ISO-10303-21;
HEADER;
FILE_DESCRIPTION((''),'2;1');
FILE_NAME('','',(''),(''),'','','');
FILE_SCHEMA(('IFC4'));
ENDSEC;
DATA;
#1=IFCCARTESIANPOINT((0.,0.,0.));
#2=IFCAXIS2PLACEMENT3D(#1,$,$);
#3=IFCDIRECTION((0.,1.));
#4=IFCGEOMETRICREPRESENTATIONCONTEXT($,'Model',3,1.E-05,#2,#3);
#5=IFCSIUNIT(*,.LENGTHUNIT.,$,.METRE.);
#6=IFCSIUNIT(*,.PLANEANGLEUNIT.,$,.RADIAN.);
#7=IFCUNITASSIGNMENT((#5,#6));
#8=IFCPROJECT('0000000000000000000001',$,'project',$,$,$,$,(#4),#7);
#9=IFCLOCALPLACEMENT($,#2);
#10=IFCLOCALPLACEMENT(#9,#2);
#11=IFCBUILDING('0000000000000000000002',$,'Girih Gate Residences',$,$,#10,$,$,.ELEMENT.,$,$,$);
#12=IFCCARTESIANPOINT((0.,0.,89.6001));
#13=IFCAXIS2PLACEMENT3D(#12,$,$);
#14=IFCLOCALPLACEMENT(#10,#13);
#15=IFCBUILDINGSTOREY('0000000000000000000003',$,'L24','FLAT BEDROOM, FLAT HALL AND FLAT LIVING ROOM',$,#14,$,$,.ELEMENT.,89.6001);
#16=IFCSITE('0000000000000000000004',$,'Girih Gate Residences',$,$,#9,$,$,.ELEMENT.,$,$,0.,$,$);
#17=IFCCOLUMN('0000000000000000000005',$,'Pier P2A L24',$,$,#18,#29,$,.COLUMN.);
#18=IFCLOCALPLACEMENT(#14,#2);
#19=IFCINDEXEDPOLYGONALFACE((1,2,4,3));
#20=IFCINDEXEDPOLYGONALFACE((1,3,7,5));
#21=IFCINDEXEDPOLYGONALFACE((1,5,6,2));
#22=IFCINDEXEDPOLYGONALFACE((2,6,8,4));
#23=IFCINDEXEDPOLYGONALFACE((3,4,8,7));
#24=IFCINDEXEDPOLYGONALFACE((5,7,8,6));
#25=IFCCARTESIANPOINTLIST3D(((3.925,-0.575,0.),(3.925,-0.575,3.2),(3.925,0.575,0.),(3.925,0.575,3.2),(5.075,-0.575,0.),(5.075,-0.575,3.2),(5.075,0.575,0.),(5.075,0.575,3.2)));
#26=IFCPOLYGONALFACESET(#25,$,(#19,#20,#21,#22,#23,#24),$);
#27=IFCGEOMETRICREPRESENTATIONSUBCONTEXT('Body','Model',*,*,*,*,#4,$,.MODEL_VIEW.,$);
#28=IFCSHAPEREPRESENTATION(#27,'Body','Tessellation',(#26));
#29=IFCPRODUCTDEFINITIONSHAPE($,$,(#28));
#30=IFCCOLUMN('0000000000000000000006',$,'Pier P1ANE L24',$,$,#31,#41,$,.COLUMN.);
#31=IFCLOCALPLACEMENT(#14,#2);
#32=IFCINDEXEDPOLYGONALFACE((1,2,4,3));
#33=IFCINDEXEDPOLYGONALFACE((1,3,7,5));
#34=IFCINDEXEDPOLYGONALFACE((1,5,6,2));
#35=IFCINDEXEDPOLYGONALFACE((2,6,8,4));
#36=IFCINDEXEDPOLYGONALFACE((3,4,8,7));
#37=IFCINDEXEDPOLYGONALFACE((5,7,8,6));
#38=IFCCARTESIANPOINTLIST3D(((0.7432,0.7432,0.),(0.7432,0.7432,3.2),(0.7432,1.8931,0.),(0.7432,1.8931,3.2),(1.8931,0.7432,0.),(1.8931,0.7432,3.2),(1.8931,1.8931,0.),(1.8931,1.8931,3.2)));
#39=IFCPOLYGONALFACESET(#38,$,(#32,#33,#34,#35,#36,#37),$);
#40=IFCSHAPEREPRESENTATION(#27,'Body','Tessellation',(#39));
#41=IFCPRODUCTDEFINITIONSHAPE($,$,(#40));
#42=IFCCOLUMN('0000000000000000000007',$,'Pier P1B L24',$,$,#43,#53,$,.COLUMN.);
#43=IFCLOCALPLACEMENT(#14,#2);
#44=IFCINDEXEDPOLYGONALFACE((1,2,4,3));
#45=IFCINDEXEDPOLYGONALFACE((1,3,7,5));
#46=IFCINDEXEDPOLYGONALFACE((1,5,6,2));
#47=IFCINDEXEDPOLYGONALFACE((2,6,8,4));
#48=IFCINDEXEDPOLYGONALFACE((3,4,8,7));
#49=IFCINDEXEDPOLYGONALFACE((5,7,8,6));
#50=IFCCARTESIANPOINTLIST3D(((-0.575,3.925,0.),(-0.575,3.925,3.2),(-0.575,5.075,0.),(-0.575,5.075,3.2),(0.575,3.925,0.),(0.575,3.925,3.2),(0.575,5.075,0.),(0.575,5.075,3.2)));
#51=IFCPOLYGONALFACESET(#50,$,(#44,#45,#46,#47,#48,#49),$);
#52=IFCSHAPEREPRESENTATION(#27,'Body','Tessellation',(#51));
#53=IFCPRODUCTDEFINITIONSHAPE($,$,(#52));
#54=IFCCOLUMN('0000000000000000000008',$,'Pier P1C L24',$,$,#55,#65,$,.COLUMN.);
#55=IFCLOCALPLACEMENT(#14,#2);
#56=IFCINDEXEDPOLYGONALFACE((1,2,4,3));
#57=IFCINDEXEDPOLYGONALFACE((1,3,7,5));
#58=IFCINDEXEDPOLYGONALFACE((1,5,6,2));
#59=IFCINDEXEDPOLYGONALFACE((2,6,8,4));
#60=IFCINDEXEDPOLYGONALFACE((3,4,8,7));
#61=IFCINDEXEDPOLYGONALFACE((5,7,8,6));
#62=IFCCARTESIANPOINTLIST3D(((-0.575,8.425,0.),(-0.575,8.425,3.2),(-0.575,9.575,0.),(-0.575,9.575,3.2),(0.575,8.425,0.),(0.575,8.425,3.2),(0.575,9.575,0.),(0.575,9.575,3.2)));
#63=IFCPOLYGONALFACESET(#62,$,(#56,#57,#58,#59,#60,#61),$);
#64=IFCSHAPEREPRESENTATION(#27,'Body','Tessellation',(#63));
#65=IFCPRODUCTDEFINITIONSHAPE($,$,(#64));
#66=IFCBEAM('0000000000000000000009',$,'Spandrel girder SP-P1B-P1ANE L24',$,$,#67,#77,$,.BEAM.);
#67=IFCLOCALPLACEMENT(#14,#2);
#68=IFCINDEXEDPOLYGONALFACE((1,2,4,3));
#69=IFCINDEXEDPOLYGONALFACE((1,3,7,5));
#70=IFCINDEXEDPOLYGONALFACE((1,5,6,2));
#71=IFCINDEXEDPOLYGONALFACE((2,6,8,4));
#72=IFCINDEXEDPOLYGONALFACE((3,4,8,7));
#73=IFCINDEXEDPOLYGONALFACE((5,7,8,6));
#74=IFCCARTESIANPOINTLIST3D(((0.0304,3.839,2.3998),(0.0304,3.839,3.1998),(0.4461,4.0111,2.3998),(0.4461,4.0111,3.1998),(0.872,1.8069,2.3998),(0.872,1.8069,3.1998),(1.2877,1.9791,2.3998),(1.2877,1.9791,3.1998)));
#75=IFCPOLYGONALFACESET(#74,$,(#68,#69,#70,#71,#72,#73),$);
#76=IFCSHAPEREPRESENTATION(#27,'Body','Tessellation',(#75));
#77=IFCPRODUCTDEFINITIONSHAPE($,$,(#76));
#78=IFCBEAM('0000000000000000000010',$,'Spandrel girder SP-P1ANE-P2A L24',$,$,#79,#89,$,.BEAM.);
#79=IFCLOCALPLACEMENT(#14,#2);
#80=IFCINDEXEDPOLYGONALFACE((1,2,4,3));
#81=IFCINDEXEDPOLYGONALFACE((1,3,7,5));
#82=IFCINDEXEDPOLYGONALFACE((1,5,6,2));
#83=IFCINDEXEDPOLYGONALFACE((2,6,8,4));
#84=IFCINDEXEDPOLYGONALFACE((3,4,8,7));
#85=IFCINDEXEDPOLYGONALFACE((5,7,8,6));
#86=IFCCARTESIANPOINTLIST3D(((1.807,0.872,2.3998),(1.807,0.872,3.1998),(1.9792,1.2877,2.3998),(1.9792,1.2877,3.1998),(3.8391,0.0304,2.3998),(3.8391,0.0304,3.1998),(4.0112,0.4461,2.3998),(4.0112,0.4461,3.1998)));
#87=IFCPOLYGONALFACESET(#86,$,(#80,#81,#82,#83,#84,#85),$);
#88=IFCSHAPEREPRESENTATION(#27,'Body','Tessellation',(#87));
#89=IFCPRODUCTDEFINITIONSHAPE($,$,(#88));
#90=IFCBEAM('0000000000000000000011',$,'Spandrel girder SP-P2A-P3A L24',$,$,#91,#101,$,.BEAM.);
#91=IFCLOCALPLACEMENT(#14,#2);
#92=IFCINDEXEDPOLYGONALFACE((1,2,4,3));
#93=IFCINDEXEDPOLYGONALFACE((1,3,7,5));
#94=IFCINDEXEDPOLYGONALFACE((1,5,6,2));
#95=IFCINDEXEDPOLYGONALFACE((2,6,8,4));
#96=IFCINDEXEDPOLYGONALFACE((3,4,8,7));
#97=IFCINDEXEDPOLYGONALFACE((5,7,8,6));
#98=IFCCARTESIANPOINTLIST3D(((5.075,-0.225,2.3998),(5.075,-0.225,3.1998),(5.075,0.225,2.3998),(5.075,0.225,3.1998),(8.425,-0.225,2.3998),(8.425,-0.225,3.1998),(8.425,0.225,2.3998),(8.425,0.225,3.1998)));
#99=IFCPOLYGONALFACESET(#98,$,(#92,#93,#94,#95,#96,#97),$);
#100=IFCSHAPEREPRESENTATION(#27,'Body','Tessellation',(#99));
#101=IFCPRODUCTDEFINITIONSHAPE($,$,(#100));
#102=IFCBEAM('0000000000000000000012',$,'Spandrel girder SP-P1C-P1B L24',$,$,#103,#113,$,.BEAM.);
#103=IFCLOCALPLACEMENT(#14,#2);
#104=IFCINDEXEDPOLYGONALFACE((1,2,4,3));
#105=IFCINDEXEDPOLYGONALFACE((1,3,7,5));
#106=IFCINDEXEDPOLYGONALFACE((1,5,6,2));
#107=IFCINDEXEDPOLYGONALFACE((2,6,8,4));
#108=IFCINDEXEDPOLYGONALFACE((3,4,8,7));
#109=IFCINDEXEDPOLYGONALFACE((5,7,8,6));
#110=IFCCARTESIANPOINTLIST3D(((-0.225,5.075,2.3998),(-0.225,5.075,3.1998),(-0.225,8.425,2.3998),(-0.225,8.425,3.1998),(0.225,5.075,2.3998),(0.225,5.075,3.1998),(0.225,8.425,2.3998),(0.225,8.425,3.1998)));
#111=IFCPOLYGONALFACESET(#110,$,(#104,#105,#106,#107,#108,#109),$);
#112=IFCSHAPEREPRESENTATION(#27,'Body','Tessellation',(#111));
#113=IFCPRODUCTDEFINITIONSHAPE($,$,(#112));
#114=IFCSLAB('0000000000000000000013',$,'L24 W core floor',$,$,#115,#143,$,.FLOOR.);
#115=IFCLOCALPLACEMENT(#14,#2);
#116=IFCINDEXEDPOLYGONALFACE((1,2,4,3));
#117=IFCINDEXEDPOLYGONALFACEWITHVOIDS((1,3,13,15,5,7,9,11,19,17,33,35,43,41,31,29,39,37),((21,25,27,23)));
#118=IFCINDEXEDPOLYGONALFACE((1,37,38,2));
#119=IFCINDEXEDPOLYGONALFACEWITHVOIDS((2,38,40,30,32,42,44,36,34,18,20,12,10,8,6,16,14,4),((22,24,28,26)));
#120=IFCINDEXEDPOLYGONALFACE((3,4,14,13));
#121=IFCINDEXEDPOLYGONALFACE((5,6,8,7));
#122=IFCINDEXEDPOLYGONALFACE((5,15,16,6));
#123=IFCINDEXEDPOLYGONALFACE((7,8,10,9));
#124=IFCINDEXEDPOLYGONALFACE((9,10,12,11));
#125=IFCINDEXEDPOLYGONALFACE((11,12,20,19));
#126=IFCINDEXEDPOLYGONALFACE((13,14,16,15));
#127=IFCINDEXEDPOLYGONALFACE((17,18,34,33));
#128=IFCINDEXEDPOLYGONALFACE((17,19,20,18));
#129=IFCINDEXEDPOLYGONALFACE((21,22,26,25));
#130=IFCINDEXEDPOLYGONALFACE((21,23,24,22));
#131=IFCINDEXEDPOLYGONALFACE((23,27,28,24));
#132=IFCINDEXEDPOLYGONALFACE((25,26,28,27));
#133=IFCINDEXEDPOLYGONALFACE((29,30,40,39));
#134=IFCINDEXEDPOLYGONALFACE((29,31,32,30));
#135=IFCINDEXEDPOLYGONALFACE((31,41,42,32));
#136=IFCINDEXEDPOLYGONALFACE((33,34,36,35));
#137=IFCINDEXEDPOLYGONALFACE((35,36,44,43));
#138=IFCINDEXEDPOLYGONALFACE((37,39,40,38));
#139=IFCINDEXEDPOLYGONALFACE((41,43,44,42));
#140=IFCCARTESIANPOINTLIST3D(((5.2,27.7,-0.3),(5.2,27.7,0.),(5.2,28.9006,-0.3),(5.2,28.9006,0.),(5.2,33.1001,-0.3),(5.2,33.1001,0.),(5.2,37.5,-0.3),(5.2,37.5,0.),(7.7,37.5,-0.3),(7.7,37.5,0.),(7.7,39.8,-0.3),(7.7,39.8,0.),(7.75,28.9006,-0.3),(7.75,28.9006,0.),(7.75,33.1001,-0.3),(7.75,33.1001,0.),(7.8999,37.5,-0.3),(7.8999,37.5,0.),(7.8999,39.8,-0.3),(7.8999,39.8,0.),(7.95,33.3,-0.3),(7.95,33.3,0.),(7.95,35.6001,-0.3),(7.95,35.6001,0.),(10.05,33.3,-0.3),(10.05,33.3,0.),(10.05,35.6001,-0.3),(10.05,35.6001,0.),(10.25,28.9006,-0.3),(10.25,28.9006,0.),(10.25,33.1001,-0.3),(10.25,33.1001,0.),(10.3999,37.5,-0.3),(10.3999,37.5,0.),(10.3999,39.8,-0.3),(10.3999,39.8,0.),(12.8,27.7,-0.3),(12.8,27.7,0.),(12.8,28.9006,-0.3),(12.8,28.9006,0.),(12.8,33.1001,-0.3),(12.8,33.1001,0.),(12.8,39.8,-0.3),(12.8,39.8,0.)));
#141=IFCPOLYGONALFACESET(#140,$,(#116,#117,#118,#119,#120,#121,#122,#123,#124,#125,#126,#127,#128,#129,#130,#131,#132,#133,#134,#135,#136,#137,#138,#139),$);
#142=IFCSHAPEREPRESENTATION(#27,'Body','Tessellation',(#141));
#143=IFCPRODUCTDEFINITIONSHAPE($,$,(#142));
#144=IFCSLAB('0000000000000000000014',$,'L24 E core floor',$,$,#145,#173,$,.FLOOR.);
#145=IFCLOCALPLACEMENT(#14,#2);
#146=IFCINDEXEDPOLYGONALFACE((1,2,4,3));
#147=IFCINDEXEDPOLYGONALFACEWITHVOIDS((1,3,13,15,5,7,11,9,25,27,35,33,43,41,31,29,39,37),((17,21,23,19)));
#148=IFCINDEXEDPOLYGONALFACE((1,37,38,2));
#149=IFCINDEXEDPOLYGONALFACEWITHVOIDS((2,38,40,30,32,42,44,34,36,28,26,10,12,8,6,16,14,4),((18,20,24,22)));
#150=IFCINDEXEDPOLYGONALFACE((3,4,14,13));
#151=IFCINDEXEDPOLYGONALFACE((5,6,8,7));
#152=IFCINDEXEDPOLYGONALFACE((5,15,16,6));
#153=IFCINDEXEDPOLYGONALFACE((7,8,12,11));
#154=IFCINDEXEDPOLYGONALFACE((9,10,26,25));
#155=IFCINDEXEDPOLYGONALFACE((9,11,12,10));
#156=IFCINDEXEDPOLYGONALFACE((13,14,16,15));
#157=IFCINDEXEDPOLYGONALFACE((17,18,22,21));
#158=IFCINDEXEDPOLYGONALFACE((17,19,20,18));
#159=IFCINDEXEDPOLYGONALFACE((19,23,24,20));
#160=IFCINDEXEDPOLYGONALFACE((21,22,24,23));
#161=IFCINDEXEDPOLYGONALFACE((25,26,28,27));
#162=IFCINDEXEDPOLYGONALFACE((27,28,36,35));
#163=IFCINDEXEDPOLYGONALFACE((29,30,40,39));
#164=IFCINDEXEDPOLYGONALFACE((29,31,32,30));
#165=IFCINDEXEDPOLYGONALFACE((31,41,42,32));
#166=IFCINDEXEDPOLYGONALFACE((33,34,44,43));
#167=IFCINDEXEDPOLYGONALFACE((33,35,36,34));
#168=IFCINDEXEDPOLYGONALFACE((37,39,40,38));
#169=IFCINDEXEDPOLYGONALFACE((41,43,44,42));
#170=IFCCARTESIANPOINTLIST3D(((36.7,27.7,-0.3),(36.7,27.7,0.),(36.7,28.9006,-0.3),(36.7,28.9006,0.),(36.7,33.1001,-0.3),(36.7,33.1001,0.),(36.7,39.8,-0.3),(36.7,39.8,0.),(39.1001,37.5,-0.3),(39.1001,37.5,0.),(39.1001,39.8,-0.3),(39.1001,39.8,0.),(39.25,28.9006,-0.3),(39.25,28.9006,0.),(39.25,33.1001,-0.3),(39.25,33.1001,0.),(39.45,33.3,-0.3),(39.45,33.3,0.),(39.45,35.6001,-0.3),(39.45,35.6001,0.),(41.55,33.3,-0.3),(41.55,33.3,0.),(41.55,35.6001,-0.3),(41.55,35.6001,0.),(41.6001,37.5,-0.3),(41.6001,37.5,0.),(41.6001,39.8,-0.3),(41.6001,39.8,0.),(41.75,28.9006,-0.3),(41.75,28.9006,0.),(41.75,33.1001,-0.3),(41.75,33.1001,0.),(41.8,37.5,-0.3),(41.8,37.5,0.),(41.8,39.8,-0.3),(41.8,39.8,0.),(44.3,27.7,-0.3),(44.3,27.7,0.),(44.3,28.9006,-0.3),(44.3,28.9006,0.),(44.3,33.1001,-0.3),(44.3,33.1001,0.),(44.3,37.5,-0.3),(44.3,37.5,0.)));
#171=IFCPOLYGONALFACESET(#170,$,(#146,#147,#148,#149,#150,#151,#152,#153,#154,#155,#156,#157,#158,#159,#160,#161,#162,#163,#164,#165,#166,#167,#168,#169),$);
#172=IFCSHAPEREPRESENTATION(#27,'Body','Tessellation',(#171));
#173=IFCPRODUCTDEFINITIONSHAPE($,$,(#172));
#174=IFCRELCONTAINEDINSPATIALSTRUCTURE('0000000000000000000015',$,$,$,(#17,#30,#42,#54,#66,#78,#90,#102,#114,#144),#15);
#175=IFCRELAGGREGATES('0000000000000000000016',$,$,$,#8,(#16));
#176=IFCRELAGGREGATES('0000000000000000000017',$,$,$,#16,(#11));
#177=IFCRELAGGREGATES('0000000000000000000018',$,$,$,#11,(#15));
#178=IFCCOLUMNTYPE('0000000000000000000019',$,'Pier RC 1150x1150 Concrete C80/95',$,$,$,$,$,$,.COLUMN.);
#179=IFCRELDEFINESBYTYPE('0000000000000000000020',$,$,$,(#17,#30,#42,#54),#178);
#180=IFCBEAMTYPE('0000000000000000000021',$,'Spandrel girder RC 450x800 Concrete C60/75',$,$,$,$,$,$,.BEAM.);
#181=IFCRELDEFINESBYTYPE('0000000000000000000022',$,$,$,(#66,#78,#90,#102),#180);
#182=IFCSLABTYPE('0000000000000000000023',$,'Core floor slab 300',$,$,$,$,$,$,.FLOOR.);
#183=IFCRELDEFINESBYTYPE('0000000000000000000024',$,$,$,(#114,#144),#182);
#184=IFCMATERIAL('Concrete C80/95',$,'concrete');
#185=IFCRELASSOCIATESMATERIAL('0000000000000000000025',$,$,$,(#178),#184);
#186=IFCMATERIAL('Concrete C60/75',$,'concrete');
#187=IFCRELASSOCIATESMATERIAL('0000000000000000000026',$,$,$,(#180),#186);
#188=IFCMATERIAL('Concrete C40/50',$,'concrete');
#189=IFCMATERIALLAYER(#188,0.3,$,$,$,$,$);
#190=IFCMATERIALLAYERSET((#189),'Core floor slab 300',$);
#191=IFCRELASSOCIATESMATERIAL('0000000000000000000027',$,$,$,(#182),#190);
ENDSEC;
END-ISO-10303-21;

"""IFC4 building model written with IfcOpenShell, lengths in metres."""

from ifc_helpers import new_model, si_unit, direction, frame, origin, origin_2d, place, context, subcontext, project, spatial, polyline, rectangle, outline, extrude, material, layer, layer_set, material_profile, profile_set, type_object, element, save


model = new_model("IFC4")

# Units and contexts
model_context = context("Model", 3, precision=1e-05, world=origin(), true_north=direction((0.0, 1.0)))
body_context = subcontext(model_context, "Body", "Model", "MODEL_VIEW")
ifc_project = project(units=[si_unit("LENGTHUNIT", "METRE"), si_unit("PLANEANGLEUNIT", "RADIAN")], contexts=[model_context])

# Site, building, storey
site_placement = place(None, origin())
site = spatial("IfcSite", under=ifc_project, at=site_placement, Name="Girih Gate Residences", CompositionType="ELEMENT", RefElevation=0.0)
building_placement = place(site_placement, origin())
building = spatial("IfcBuilding", under=site, at=building_placement, Name="Girih Gate Residences", CompositionType="ELEMENT")
storey_placement = place(building_placement, frame((0.0, 0.0, 89.6001)))
storey = spatial("IfcBuildingStorey", under=building, at=storey_placement, Name="L24", Description="FLAT BEDROOM, FLAT HALL AND FLAT LIVING ROOM", CompositionType="ELEMENT", Elevation=89.6001)

# Columns
ifc_material_1 = material(Name="Concrete C80/95", Category="concrete")
ifc_material_profile_1 = material_profile(ifc_material_1, rectangle(XDim=1.1499, YDim=1.1499, at=origin_2d()))
ifc_profile_set_1 = profile_set([ifc_material_profile_1], Name="Concrete C80/95")
column_type = type_object("IfcColumnType", Name="Pier RC 1150x1150 Concrete C80/95", PredefinedType="COLUMN", material=ifc_profile_set_1)
for number, where, z_axis, x_axis, name in (
    (1, (4.5, 0.0, 0.0), (0.0, 0.0, 1.0), (1.0, 0.0, 0.0), "Pier P2A L24"),
    (2, (1.3181, 1.3181, 0.0), (0.0, 0.0, 1.0), (1.0, 0.0, 0.0), "Pier P1ANE L24"),
    (3, (0.0, 4.5, 0.0), (0.0, 0.0, 1.0), (1.0, 0.0, 0.0), "Pier P1B L24"),
    (4, (0.0, 9.0, 0.0), (0.0, 0.0, 1.0), (1.0, 0.0, 0.0), "Pier P1C L24"),
):
    element("IfcColumn", number, at=place(storey_placement, frame(where, z_axis=z_axis, x_axis=x_axis)), inside=storey, type_object=column_type, Name=name, PredefinedType="COLUMN", context=body_context, shape_type="SweptSolid", body=[
        extrude(rectangle(XDim=1.1499, YDim=1.1499, at=origin_2d()), origin(), (0.0, 0.0, 1.0), 3.2),
    ])

# Beams
ifc_material_2 = material(Name="Concrete C60/75", Category="concrete")
ifc_material_profile_2 = material_profile(ifc_material_2, rectangle(XDim=0.45, YDim=0.8, at=origin_2d()))
ifc_profile_set_2 = profile_set([ifc_material_profile_2], Name="Concrete C60/75")
beam_type = type_object("IfcBeamType", Name="Spandrel girder RC 450x800 Concrete C60/75", PredefinedType="BEAM", material=ifc_profile_set_2)
for number, where, z_axis, x_axis, name in (
    (5, (0.2383, 3.925, 2.7998), (0.382636, -0.923899, 0.0), (0.923899, 0.382636, 0.0), "Spandrel girder SP-P1B-P1ANE L24"),
    (6, (1.8931, 1.0798, 2.7998), (0.923899, -0.382636, 0.0), (0.382636, 0.923899, 0.0), "Spandrel girder SP-P1ANE-P2A L24"),
):
    element("IfcBeam", number, at=place(storey_placement, frame(where, z_axis=z_axis, x_axis=x_axis)), inside=storey, type_object=beam_type, Name=name, PredefinedType="BEAM", context=body_context, shape_type="SweptSolid", body=[
        extrude(rectangle(XDim=0.45, YDim=0.8, at=origin_2d()), origin(), (0.0, 0.0, 1.0), 2.1995),
    ])
for number, where, z_axis, x_axis, name in (
    (7, (5.075, 0.0, 2.7998), (1.0, 0.0, 0.0), (0.0, 1.0, 0.0), "Spandrel girder SP-P2A-P3A L24"),
    (8, (0.0, 8.425, 2.7998), (0.0, -1.0, 0.0), (1.0, 0.0, 0.0), "Spandrel girder SP-P1C-P1B L24"),
):
    element("IfcBeam", number, at=place(storey_placement, frame(where, z_axis=z_axis, x_axis=x_axis)), inside=storey, type_object=beam_type, Name=name, PredefinedType="BEAM", context=body_context, shape_type="SweptSolid", body=[
        extrude(rectangle(XDim=0.45, YDim=0.8, at=origin_2d()), origin(), (0.0, 0.0, 1.0), 3.3501),
    ])

# Slabs
ifc_material_3 = material(Name="Concrete C40/50", Category="concrete")
ifc_layer_1 = layer(ifc_material_3, 0.3)
ifc_layer_set_1 = layer_set([ifc_layer_1], Name="Core floor slab 300")
slab_type_1 = type_object("IfcSlabType", Name="Core floor slab 300", PredefinedType="FLOOR", material=ifc_layer_set_1)
slab_1_placement = place(storey_placement, frame((0.0, 0.0, -0.3)))
element("IfcSlab", 9, at=slab_1_placement, inside=storey, type_object=slab_type_1, Name="L24 W core floor", PredefinedType="FLOOR", context=body_context, shape_type="SweptSolid", body=[
    extrude(outline(polyline([(12.8, 27.7), (5.2, 27.7), (5.2, 28.9006), (7.75, 28.9006), (7.75, 33.1001), (5.2, 33.1001), (5.2, 37.5), (7.7, 37.5), (7.7, 39.8), (7.8999, 39.8), (7.8999, 37.5), (10.3999, 37.5), (10.3999, 39.8), (12.8, 39.8), (12.8, 33.1001), (10.25, 33.1001), (10.25, 28.9006), (12.8, 28.9006), (12.8, 27.7)]), holes=[polyline([(7.95, 33.3), (10.05, 33.3), (10.05, 35.6001), (7.95, 35.6001), (7.95, 33.3)])]), origin(), (0.0, 0.0, 1.0), 0.3),
])
slab_2_placement = place(storey_placement, frame((0.0, 0.0, -0.3)))
element("IfcSlab", 10, at=slab_2_placement, inside=storey, type_object=slab_type_1, Name="L24 E core floor", PredefinedType="FLOOR", context=body_context, shape_type="SweptSolid", body=[
    extrude(outline(polyline([(44.3, 27.7), (36.7, 27.7), (36.7, 28.9006), (39.25, 28.9006), (39.25, 33.1001), (36.7, 33.1001), (36.7, 39.8), (39.1001, 39.8), (39.1001, 37.5), (41.6001, 37.5), (41.6001, 39.8), (41.8, 39.8), (41.8, 37.5), (44.3, 37.5), (44.3, 33.1001), (41.75, 33.1001), (41.75, 28.9006), (44.3, 28.9006), (44.3, 27.7)]), holes=[polyline([(39.45, 33.3), (41.55, 33.3), (41.55, 35.6001), (39.45, 35.6001), (39.45, 33.3)])]), origin(), (0.0, 0.0, 1.0), 0.3),
])

save(model, "model.ifc")
